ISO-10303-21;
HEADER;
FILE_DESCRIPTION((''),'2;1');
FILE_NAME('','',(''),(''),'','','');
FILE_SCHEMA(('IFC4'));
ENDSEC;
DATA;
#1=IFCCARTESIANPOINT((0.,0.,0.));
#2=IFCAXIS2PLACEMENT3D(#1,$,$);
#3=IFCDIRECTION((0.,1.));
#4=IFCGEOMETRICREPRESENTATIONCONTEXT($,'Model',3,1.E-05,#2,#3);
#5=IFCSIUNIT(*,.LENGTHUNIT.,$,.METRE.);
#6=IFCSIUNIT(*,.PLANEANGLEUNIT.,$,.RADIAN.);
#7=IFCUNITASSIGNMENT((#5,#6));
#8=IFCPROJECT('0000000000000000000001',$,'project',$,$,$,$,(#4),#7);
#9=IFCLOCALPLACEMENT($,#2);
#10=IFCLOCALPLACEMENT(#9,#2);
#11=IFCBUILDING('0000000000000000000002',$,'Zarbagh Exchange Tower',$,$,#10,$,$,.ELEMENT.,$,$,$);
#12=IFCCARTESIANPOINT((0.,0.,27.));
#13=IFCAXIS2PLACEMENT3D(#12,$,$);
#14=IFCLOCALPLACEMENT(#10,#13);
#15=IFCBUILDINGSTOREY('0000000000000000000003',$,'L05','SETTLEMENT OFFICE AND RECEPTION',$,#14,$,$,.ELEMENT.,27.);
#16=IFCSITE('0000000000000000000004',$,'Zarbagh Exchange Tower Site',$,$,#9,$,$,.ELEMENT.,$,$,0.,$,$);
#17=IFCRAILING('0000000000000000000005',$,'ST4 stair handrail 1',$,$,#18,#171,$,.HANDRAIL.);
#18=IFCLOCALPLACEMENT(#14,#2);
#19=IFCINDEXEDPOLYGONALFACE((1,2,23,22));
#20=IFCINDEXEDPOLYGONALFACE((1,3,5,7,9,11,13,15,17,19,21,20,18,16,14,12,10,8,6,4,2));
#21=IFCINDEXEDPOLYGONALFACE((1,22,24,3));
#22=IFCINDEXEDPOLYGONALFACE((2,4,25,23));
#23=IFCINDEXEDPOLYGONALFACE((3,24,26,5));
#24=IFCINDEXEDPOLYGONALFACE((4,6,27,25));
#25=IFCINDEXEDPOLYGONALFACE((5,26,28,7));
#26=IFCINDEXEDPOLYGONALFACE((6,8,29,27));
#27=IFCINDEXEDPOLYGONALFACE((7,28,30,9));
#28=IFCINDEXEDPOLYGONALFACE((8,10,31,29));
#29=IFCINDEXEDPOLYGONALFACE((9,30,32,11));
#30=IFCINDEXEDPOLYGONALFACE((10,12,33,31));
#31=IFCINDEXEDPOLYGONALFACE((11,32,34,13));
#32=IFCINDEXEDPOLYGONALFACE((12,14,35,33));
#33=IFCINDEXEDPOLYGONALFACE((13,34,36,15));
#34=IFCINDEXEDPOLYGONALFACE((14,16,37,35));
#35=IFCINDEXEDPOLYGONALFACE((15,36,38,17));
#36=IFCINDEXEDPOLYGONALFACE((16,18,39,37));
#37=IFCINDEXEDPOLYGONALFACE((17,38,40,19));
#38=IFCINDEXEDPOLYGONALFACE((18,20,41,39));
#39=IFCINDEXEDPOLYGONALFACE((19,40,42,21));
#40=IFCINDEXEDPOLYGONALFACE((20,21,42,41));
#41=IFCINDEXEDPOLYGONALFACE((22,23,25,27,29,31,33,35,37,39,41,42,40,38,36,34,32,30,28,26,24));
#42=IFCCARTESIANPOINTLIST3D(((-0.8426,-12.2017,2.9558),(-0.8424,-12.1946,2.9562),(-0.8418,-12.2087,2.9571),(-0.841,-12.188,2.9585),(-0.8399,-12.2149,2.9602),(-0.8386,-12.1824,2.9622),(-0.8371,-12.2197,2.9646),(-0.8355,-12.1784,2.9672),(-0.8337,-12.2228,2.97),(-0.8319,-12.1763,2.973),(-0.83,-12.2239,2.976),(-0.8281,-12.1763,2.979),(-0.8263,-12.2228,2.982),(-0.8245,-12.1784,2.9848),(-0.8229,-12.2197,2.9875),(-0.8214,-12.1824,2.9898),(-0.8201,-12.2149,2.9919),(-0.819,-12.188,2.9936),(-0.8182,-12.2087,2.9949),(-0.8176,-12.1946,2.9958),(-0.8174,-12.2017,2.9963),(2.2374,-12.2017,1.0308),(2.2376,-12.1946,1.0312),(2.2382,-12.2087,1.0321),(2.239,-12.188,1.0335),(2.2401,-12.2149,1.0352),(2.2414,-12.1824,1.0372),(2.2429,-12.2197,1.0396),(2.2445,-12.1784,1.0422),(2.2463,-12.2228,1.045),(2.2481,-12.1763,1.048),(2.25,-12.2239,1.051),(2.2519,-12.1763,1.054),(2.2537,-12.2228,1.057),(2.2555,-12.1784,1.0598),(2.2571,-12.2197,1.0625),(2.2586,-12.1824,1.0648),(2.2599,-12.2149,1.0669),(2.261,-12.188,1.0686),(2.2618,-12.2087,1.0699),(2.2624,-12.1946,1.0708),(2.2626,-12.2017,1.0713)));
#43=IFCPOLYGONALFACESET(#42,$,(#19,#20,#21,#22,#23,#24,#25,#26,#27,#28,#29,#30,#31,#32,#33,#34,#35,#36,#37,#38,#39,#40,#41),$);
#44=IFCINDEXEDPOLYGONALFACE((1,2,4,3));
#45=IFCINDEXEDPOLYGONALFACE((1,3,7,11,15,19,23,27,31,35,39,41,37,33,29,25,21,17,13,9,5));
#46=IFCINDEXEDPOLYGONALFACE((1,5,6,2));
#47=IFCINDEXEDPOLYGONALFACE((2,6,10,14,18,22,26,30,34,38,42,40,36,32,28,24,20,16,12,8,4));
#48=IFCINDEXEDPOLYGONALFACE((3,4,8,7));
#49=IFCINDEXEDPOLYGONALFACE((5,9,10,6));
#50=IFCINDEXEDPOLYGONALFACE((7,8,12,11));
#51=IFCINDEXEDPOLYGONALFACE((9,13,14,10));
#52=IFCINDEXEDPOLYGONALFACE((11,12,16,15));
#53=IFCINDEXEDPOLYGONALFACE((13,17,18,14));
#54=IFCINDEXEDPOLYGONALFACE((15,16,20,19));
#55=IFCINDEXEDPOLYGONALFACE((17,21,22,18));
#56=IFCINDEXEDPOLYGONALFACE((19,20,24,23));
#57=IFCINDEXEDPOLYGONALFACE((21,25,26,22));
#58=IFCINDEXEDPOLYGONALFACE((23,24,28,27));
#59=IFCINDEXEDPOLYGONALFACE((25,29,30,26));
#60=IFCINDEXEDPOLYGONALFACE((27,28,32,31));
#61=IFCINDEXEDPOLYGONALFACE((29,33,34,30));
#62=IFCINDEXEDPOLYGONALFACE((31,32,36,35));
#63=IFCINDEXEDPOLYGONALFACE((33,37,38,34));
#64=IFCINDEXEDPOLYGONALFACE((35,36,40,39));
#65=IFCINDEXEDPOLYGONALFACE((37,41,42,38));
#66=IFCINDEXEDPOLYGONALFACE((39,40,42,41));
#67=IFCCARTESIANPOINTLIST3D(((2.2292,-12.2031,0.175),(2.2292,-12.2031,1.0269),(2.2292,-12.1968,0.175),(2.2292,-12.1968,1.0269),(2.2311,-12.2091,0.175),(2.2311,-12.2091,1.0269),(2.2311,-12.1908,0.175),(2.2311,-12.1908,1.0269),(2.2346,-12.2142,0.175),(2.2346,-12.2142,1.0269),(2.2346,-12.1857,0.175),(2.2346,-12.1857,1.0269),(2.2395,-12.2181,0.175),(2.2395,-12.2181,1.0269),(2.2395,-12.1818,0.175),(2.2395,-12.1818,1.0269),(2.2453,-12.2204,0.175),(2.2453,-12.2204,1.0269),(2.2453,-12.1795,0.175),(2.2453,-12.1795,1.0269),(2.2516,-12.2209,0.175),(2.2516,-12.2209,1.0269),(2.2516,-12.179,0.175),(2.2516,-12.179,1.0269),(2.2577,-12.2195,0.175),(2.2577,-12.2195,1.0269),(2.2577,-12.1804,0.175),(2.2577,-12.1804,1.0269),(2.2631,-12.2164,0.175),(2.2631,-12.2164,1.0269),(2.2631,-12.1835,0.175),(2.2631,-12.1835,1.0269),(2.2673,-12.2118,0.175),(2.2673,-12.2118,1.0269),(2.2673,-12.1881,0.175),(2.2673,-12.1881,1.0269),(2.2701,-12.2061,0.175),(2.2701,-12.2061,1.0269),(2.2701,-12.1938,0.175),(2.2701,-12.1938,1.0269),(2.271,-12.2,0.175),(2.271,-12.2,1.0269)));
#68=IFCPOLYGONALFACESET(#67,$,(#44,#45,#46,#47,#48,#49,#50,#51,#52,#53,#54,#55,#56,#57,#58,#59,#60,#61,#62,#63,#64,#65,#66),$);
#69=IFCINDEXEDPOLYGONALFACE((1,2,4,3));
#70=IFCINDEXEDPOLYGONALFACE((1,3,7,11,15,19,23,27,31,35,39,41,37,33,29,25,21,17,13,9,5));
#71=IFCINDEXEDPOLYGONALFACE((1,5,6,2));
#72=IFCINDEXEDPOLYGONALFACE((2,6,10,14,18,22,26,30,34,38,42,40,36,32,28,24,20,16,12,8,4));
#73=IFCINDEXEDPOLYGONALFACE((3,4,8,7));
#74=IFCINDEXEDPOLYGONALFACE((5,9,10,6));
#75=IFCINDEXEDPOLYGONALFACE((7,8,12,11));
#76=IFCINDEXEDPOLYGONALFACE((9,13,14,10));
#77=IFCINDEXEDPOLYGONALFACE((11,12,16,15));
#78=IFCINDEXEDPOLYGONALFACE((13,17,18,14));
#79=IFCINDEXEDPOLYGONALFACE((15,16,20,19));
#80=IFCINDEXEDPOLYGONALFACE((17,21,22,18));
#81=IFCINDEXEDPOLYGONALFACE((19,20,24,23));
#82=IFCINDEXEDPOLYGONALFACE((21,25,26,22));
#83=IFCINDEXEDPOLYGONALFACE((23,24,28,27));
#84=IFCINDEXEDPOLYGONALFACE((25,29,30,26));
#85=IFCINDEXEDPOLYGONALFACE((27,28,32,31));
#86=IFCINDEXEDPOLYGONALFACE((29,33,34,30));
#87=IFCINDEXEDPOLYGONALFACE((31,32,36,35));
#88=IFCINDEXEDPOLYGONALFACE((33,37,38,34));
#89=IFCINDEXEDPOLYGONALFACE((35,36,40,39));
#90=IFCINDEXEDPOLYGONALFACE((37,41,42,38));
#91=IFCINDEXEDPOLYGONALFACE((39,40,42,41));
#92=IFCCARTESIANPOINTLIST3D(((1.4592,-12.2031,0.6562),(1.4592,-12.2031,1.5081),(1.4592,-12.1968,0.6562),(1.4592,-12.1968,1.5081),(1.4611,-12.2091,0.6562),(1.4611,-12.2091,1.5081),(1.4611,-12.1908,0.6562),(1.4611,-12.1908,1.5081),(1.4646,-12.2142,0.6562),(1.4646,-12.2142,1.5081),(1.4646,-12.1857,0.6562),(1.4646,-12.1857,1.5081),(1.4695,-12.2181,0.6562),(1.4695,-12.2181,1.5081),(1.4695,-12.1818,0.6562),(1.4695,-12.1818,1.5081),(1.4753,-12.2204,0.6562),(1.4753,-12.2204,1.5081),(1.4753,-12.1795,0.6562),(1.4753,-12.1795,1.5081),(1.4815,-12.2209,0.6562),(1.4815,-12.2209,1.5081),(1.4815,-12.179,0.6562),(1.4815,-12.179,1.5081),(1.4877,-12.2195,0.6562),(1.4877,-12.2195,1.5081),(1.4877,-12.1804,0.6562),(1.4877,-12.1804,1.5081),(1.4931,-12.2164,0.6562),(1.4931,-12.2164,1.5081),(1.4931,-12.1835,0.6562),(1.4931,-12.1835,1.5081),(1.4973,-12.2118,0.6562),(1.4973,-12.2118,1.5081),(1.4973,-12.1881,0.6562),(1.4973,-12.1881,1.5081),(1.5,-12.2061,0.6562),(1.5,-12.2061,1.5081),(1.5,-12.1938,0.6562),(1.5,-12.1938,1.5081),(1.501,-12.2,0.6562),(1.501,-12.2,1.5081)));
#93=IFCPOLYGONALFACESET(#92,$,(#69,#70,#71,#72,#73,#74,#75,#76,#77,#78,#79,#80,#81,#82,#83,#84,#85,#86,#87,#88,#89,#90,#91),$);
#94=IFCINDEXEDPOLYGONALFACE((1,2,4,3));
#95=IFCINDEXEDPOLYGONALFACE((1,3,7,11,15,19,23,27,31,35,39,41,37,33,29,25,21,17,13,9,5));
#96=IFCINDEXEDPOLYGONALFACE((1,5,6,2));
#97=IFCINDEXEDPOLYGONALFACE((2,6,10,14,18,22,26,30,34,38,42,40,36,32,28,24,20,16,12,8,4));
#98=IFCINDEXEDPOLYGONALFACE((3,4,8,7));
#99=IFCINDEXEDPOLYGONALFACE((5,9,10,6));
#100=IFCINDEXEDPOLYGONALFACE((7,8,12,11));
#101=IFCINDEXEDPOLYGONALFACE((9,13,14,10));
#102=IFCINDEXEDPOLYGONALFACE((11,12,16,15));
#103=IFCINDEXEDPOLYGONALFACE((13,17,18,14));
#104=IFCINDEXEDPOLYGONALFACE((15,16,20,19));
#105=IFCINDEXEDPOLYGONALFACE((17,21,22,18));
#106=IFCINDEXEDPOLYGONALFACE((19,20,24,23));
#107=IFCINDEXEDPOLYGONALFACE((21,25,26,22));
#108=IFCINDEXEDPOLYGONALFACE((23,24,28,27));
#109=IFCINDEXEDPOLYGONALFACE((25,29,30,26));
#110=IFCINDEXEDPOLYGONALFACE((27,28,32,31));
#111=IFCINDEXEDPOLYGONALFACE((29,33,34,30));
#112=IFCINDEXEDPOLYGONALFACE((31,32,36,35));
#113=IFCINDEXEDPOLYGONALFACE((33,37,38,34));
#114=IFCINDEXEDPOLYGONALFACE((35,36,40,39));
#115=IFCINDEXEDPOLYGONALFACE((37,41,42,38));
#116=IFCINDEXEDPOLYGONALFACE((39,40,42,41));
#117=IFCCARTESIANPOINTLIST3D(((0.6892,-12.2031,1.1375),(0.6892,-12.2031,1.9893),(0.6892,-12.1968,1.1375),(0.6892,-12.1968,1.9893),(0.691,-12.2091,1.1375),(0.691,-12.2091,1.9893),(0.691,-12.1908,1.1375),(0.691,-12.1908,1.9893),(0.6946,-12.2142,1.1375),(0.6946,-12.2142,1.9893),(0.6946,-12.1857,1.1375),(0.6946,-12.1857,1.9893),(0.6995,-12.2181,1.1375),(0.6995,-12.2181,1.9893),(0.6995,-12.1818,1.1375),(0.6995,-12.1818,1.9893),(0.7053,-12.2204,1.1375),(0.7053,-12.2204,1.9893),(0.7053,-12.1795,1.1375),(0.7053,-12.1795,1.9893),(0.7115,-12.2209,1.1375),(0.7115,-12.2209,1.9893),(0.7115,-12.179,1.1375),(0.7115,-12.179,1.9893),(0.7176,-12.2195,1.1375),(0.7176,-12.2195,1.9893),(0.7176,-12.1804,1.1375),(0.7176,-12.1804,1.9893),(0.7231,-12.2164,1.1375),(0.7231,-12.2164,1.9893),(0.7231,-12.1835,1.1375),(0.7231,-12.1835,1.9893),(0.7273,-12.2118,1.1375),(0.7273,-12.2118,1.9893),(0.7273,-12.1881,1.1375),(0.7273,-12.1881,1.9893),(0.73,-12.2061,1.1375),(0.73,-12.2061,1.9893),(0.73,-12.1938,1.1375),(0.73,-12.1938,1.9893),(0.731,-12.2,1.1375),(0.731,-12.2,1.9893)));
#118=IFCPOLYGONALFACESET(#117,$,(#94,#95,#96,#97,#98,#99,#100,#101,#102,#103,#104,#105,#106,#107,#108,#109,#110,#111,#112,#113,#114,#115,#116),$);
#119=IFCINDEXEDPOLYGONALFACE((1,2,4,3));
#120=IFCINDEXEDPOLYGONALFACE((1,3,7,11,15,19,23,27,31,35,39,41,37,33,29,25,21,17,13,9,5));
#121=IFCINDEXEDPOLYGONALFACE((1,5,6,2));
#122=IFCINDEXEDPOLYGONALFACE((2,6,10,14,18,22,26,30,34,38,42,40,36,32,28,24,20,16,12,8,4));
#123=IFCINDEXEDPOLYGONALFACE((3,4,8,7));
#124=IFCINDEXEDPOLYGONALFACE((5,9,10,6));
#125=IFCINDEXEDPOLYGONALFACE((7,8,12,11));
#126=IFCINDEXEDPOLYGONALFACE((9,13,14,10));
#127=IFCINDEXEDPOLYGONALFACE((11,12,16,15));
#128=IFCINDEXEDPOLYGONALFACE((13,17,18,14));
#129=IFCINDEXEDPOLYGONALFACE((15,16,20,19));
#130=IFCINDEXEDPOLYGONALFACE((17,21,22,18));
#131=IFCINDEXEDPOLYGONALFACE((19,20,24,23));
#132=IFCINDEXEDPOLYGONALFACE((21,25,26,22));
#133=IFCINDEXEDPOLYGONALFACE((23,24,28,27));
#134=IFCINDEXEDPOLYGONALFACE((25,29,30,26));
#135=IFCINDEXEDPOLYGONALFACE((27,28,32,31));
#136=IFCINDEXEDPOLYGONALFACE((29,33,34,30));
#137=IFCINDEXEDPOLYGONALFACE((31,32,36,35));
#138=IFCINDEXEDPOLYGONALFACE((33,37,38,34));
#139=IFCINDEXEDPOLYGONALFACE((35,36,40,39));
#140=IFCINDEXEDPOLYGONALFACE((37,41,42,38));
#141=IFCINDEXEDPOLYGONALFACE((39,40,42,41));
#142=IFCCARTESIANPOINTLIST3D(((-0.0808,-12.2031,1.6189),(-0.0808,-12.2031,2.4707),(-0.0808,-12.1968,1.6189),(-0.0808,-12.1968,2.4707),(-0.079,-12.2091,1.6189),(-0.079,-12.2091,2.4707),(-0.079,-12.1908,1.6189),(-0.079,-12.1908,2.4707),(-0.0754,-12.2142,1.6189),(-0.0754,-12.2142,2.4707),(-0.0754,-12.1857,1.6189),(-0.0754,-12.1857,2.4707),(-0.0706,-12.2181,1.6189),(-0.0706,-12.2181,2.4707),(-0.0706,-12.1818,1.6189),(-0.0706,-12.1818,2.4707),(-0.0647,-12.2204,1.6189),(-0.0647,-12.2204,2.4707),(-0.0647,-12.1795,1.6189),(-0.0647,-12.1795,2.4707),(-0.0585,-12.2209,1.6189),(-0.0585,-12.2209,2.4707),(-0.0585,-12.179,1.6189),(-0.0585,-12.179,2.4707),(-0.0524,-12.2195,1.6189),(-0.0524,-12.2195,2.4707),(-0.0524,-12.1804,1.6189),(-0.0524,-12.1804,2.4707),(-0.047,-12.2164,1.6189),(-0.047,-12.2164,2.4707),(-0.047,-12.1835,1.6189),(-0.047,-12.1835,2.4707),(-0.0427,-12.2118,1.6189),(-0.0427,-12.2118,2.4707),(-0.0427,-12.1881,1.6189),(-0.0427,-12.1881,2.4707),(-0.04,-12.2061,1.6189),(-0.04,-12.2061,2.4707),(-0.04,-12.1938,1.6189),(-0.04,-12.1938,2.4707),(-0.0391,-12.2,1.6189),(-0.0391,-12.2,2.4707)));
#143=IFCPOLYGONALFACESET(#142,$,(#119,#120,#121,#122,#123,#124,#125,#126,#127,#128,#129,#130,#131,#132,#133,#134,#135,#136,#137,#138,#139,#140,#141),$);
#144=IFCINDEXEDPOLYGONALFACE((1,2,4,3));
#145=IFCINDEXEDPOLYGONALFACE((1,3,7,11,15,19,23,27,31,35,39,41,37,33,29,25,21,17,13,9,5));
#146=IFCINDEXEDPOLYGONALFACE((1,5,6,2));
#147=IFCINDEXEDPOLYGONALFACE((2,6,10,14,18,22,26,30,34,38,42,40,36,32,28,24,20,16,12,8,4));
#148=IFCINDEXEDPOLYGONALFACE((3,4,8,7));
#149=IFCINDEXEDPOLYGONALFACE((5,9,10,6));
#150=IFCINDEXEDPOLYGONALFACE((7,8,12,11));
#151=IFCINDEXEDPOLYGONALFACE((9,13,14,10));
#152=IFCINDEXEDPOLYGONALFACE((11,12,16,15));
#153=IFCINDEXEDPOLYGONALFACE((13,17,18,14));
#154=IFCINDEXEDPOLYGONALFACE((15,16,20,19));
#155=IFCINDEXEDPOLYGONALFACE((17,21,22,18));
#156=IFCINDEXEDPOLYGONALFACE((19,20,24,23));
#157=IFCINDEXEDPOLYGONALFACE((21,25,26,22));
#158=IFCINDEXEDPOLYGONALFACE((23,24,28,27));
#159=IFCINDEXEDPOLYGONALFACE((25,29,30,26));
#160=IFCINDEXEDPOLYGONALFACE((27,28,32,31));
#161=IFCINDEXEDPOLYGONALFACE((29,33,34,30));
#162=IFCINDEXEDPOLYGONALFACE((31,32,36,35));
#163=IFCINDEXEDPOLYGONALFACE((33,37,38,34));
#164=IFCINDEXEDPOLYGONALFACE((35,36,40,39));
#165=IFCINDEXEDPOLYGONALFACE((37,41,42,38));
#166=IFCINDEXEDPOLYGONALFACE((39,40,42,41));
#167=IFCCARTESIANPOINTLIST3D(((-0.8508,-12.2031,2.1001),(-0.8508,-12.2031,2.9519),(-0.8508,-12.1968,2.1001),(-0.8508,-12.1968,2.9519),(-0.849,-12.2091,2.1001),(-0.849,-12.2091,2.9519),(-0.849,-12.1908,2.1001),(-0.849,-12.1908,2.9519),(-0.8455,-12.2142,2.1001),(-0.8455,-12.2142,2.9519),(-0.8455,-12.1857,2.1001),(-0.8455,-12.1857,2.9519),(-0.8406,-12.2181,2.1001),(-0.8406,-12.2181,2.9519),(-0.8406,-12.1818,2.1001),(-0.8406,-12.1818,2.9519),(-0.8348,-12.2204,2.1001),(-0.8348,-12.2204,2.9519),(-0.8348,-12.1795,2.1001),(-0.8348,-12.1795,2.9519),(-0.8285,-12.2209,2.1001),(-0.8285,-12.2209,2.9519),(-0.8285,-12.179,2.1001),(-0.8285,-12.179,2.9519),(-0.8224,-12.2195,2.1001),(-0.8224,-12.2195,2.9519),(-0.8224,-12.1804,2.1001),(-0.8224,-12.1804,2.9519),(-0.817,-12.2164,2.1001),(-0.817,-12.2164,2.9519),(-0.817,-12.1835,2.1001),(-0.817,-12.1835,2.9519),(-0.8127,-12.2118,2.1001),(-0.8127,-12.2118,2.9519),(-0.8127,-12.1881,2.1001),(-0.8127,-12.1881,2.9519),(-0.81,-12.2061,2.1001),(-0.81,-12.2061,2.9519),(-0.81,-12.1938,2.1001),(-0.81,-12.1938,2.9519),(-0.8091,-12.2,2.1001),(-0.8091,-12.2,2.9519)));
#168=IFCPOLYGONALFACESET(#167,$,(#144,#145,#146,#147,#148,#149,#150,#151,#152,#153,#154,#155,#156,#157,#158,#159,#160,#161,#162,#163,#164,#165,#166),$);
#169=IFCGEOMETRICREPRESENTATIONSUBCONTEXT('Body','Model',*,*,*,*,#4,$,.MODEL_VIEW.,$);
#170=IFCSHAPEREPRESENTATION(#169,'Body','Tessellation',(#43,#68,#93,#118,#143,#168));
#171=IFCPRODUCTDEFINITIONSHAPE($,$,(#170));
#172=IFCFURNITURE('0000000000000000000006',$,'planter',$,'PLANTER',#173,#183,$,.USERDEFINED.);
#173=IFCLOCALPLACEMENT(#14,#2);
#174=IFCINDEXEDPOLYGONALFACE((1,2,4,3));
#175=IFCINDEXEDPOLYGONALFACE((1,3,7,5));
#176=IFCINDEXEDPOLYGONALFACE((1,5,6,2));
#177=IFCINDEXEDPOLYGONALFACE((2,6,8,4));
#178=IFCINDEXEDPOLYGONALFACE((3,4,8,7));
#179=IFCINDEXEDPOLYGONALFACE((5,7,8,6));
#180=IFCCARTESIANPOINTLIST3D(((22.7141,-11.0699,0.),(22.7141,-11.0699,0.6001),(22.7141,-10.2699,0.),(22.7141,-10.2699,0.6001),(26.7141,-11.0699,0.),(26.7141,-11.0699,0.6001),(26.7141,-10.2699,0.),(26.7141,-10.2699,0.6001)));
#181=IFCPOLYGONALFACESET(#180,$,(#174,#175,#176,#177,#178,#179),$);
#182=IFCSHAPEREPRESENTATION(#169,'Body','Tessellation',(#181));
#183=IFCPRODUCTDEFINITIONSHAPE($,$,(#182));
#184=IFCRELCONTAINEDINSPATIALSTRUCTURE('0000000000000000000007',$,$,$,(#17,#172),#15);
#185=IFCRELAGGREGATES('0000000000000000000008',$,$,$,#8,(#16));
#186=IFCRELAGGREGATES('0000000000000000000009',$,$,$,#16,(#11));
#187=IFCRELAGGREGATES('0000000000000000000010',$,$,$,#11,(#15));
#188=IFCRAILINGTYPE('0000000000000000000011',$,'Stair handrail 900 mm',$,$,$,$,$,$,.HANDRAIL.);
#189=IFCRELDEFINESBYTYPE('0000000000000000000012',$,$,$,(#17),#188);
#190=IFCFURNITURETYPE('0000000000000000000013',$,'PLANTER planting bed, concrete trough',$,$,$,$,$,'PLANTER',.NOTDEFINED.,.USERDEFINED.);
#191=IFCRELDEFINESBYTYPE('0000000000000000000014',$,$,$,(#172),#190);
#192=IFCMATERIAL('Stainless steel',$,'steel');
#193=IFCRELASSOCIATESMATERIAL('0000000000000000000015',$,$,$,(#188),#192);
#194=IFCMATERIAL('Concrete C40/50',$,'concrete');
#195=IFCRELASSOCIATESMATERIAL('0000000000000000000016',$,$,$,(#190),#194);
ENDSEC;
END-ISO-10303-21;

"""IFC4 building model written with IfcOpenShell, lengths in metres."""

from ifc_helpers import new_model, si_unit, direction, frame, origin, origin_2d, place, context, subcontext, project, spatial, rectangle, circle, extrude, material, type_object, element, save


model = new_model("IFC4")

# Units and contexts
model_context = context("Model", 3, precision=1e-05, world=origin(), true_north=direction((0.0, 1.0)))
body_context = subcontext(model_context, "Body", "Model", "MODEL_VIEW")
ifc_project = project(units=[si_unit("LENGTHUNIT", "METRE"), si_unit("PLANEANGLEUNIT", "RADIAN")], contexts=[model_context])

# Site, building, storey
site_placement = place(None, origin())
site = spatial("IfcSite", under=ifc_project, at=site_placement, Name="Zarbagh Exchange Tower Site", CompositionType="ELEMENT", RefElevation=0.0)
building_placement = place(site_placement, origin())
building = spatial("IfcBuilding", under=site, at=building_placement, Name="Zarbagh Exchange Tower", CompositionType="ELEMENT")
storey_placement = place(building_placement, frame((0.0, 0.0, 27.0)))
storey = spatial("IfcBuildingStorey", under=building, at=storey_placement, Name="L05", Description="SETTLEMENT OFFICE AND RECEPTION", CompositionType="ELEMENT", Elevation=27.0)

# Shared definitions
ifc_material_1 = material(Name="Concrete C40/50", Category="concrete")

# Railing
ifc_material_2 = material(Name="Stainless steel", Category="steel")
railing_type_1 = type_object("IfcRailingType", Name="Stair handrail 900 mm", PredefinedType="HANDRAIL", material=ifc_material_2)
railing_1_placement = place(storey_placement, frame((2.25, -12.2, 0.175)))
element("IfcRailing", 1, at=railing_1_placement, inside=storey, type_object=railing_type_1, Name="ST4 stair handrail 1", PredefinedType="HANDRAIL", context=body_context, shape_type="SweptSolid", body=[
    extrude(circle(Radius=0.0239, at=origin_2d()), frame((0.0, 0.0, 0.876), z_axis=(-0.847998, 0.0, 0.529999), x_axis=(0.0, -1.0, 0.0)), (0.0, 0.0, 1.0), 3.6321),
    extrude(circle(Radius=0.021, at=origin_2d()), origin(), (0.0, 0.0, 1.0), 0.8518),
    extrude(circle(Radius=0.021, at=origin_2d()), frame((-0.77, 0.0, 0.4812)), (0.0, 0.0, 1.0), 0.8518),
    extrude(circle(Radius=0.021, at=origin_2d()), frame((-1.54, 0.0, 0.9624)), (0.0, 0.0, 1.0), 0.8518),
    extrude(circle(Radius=0.021, at=origin_2d()), frame((-2.3101, 0.0, 1.4438)), (0.0, 0.0, 1.0), 0.8518),
    extrude(circle(Radius=0.021, at=origin_2d()), frame((-3.0801, 0.0, 1.925)), (0.0, 0.0, 1.0), 0.8518),
])

# Furniture
furniture_type = type_object("IfcFurnitureType", Name="PLANTER planting bed, concrete trough", ElementType="PLANTER", AssemblyPlace="NOTDEFINED", PredefinedType="USERDEFINED", material=ifc_material_1)
furniture_placement = place(storey_placement, frame((24.7141, -10.6699, 0.0), z_axis=(0.0, 0.0, 1.0), x_axis=(-1.0, 0.0, 0.0)))
element("IfcFurniture", 2, at=furniture_placement, inside=storey, type_object=furniture_type, Name="planter", ObjectType="PLANTER", PredefinedType="USERDEFINED", context=body_context, shape_type="SweptSolid", body=[
    extrude(rectangle(XDim=4.0, YDim=0.8, at=origin_2d()), origin(), (0.0, 0.0, 1.0), 0.6001),
])

save(model, "model.ifc")
